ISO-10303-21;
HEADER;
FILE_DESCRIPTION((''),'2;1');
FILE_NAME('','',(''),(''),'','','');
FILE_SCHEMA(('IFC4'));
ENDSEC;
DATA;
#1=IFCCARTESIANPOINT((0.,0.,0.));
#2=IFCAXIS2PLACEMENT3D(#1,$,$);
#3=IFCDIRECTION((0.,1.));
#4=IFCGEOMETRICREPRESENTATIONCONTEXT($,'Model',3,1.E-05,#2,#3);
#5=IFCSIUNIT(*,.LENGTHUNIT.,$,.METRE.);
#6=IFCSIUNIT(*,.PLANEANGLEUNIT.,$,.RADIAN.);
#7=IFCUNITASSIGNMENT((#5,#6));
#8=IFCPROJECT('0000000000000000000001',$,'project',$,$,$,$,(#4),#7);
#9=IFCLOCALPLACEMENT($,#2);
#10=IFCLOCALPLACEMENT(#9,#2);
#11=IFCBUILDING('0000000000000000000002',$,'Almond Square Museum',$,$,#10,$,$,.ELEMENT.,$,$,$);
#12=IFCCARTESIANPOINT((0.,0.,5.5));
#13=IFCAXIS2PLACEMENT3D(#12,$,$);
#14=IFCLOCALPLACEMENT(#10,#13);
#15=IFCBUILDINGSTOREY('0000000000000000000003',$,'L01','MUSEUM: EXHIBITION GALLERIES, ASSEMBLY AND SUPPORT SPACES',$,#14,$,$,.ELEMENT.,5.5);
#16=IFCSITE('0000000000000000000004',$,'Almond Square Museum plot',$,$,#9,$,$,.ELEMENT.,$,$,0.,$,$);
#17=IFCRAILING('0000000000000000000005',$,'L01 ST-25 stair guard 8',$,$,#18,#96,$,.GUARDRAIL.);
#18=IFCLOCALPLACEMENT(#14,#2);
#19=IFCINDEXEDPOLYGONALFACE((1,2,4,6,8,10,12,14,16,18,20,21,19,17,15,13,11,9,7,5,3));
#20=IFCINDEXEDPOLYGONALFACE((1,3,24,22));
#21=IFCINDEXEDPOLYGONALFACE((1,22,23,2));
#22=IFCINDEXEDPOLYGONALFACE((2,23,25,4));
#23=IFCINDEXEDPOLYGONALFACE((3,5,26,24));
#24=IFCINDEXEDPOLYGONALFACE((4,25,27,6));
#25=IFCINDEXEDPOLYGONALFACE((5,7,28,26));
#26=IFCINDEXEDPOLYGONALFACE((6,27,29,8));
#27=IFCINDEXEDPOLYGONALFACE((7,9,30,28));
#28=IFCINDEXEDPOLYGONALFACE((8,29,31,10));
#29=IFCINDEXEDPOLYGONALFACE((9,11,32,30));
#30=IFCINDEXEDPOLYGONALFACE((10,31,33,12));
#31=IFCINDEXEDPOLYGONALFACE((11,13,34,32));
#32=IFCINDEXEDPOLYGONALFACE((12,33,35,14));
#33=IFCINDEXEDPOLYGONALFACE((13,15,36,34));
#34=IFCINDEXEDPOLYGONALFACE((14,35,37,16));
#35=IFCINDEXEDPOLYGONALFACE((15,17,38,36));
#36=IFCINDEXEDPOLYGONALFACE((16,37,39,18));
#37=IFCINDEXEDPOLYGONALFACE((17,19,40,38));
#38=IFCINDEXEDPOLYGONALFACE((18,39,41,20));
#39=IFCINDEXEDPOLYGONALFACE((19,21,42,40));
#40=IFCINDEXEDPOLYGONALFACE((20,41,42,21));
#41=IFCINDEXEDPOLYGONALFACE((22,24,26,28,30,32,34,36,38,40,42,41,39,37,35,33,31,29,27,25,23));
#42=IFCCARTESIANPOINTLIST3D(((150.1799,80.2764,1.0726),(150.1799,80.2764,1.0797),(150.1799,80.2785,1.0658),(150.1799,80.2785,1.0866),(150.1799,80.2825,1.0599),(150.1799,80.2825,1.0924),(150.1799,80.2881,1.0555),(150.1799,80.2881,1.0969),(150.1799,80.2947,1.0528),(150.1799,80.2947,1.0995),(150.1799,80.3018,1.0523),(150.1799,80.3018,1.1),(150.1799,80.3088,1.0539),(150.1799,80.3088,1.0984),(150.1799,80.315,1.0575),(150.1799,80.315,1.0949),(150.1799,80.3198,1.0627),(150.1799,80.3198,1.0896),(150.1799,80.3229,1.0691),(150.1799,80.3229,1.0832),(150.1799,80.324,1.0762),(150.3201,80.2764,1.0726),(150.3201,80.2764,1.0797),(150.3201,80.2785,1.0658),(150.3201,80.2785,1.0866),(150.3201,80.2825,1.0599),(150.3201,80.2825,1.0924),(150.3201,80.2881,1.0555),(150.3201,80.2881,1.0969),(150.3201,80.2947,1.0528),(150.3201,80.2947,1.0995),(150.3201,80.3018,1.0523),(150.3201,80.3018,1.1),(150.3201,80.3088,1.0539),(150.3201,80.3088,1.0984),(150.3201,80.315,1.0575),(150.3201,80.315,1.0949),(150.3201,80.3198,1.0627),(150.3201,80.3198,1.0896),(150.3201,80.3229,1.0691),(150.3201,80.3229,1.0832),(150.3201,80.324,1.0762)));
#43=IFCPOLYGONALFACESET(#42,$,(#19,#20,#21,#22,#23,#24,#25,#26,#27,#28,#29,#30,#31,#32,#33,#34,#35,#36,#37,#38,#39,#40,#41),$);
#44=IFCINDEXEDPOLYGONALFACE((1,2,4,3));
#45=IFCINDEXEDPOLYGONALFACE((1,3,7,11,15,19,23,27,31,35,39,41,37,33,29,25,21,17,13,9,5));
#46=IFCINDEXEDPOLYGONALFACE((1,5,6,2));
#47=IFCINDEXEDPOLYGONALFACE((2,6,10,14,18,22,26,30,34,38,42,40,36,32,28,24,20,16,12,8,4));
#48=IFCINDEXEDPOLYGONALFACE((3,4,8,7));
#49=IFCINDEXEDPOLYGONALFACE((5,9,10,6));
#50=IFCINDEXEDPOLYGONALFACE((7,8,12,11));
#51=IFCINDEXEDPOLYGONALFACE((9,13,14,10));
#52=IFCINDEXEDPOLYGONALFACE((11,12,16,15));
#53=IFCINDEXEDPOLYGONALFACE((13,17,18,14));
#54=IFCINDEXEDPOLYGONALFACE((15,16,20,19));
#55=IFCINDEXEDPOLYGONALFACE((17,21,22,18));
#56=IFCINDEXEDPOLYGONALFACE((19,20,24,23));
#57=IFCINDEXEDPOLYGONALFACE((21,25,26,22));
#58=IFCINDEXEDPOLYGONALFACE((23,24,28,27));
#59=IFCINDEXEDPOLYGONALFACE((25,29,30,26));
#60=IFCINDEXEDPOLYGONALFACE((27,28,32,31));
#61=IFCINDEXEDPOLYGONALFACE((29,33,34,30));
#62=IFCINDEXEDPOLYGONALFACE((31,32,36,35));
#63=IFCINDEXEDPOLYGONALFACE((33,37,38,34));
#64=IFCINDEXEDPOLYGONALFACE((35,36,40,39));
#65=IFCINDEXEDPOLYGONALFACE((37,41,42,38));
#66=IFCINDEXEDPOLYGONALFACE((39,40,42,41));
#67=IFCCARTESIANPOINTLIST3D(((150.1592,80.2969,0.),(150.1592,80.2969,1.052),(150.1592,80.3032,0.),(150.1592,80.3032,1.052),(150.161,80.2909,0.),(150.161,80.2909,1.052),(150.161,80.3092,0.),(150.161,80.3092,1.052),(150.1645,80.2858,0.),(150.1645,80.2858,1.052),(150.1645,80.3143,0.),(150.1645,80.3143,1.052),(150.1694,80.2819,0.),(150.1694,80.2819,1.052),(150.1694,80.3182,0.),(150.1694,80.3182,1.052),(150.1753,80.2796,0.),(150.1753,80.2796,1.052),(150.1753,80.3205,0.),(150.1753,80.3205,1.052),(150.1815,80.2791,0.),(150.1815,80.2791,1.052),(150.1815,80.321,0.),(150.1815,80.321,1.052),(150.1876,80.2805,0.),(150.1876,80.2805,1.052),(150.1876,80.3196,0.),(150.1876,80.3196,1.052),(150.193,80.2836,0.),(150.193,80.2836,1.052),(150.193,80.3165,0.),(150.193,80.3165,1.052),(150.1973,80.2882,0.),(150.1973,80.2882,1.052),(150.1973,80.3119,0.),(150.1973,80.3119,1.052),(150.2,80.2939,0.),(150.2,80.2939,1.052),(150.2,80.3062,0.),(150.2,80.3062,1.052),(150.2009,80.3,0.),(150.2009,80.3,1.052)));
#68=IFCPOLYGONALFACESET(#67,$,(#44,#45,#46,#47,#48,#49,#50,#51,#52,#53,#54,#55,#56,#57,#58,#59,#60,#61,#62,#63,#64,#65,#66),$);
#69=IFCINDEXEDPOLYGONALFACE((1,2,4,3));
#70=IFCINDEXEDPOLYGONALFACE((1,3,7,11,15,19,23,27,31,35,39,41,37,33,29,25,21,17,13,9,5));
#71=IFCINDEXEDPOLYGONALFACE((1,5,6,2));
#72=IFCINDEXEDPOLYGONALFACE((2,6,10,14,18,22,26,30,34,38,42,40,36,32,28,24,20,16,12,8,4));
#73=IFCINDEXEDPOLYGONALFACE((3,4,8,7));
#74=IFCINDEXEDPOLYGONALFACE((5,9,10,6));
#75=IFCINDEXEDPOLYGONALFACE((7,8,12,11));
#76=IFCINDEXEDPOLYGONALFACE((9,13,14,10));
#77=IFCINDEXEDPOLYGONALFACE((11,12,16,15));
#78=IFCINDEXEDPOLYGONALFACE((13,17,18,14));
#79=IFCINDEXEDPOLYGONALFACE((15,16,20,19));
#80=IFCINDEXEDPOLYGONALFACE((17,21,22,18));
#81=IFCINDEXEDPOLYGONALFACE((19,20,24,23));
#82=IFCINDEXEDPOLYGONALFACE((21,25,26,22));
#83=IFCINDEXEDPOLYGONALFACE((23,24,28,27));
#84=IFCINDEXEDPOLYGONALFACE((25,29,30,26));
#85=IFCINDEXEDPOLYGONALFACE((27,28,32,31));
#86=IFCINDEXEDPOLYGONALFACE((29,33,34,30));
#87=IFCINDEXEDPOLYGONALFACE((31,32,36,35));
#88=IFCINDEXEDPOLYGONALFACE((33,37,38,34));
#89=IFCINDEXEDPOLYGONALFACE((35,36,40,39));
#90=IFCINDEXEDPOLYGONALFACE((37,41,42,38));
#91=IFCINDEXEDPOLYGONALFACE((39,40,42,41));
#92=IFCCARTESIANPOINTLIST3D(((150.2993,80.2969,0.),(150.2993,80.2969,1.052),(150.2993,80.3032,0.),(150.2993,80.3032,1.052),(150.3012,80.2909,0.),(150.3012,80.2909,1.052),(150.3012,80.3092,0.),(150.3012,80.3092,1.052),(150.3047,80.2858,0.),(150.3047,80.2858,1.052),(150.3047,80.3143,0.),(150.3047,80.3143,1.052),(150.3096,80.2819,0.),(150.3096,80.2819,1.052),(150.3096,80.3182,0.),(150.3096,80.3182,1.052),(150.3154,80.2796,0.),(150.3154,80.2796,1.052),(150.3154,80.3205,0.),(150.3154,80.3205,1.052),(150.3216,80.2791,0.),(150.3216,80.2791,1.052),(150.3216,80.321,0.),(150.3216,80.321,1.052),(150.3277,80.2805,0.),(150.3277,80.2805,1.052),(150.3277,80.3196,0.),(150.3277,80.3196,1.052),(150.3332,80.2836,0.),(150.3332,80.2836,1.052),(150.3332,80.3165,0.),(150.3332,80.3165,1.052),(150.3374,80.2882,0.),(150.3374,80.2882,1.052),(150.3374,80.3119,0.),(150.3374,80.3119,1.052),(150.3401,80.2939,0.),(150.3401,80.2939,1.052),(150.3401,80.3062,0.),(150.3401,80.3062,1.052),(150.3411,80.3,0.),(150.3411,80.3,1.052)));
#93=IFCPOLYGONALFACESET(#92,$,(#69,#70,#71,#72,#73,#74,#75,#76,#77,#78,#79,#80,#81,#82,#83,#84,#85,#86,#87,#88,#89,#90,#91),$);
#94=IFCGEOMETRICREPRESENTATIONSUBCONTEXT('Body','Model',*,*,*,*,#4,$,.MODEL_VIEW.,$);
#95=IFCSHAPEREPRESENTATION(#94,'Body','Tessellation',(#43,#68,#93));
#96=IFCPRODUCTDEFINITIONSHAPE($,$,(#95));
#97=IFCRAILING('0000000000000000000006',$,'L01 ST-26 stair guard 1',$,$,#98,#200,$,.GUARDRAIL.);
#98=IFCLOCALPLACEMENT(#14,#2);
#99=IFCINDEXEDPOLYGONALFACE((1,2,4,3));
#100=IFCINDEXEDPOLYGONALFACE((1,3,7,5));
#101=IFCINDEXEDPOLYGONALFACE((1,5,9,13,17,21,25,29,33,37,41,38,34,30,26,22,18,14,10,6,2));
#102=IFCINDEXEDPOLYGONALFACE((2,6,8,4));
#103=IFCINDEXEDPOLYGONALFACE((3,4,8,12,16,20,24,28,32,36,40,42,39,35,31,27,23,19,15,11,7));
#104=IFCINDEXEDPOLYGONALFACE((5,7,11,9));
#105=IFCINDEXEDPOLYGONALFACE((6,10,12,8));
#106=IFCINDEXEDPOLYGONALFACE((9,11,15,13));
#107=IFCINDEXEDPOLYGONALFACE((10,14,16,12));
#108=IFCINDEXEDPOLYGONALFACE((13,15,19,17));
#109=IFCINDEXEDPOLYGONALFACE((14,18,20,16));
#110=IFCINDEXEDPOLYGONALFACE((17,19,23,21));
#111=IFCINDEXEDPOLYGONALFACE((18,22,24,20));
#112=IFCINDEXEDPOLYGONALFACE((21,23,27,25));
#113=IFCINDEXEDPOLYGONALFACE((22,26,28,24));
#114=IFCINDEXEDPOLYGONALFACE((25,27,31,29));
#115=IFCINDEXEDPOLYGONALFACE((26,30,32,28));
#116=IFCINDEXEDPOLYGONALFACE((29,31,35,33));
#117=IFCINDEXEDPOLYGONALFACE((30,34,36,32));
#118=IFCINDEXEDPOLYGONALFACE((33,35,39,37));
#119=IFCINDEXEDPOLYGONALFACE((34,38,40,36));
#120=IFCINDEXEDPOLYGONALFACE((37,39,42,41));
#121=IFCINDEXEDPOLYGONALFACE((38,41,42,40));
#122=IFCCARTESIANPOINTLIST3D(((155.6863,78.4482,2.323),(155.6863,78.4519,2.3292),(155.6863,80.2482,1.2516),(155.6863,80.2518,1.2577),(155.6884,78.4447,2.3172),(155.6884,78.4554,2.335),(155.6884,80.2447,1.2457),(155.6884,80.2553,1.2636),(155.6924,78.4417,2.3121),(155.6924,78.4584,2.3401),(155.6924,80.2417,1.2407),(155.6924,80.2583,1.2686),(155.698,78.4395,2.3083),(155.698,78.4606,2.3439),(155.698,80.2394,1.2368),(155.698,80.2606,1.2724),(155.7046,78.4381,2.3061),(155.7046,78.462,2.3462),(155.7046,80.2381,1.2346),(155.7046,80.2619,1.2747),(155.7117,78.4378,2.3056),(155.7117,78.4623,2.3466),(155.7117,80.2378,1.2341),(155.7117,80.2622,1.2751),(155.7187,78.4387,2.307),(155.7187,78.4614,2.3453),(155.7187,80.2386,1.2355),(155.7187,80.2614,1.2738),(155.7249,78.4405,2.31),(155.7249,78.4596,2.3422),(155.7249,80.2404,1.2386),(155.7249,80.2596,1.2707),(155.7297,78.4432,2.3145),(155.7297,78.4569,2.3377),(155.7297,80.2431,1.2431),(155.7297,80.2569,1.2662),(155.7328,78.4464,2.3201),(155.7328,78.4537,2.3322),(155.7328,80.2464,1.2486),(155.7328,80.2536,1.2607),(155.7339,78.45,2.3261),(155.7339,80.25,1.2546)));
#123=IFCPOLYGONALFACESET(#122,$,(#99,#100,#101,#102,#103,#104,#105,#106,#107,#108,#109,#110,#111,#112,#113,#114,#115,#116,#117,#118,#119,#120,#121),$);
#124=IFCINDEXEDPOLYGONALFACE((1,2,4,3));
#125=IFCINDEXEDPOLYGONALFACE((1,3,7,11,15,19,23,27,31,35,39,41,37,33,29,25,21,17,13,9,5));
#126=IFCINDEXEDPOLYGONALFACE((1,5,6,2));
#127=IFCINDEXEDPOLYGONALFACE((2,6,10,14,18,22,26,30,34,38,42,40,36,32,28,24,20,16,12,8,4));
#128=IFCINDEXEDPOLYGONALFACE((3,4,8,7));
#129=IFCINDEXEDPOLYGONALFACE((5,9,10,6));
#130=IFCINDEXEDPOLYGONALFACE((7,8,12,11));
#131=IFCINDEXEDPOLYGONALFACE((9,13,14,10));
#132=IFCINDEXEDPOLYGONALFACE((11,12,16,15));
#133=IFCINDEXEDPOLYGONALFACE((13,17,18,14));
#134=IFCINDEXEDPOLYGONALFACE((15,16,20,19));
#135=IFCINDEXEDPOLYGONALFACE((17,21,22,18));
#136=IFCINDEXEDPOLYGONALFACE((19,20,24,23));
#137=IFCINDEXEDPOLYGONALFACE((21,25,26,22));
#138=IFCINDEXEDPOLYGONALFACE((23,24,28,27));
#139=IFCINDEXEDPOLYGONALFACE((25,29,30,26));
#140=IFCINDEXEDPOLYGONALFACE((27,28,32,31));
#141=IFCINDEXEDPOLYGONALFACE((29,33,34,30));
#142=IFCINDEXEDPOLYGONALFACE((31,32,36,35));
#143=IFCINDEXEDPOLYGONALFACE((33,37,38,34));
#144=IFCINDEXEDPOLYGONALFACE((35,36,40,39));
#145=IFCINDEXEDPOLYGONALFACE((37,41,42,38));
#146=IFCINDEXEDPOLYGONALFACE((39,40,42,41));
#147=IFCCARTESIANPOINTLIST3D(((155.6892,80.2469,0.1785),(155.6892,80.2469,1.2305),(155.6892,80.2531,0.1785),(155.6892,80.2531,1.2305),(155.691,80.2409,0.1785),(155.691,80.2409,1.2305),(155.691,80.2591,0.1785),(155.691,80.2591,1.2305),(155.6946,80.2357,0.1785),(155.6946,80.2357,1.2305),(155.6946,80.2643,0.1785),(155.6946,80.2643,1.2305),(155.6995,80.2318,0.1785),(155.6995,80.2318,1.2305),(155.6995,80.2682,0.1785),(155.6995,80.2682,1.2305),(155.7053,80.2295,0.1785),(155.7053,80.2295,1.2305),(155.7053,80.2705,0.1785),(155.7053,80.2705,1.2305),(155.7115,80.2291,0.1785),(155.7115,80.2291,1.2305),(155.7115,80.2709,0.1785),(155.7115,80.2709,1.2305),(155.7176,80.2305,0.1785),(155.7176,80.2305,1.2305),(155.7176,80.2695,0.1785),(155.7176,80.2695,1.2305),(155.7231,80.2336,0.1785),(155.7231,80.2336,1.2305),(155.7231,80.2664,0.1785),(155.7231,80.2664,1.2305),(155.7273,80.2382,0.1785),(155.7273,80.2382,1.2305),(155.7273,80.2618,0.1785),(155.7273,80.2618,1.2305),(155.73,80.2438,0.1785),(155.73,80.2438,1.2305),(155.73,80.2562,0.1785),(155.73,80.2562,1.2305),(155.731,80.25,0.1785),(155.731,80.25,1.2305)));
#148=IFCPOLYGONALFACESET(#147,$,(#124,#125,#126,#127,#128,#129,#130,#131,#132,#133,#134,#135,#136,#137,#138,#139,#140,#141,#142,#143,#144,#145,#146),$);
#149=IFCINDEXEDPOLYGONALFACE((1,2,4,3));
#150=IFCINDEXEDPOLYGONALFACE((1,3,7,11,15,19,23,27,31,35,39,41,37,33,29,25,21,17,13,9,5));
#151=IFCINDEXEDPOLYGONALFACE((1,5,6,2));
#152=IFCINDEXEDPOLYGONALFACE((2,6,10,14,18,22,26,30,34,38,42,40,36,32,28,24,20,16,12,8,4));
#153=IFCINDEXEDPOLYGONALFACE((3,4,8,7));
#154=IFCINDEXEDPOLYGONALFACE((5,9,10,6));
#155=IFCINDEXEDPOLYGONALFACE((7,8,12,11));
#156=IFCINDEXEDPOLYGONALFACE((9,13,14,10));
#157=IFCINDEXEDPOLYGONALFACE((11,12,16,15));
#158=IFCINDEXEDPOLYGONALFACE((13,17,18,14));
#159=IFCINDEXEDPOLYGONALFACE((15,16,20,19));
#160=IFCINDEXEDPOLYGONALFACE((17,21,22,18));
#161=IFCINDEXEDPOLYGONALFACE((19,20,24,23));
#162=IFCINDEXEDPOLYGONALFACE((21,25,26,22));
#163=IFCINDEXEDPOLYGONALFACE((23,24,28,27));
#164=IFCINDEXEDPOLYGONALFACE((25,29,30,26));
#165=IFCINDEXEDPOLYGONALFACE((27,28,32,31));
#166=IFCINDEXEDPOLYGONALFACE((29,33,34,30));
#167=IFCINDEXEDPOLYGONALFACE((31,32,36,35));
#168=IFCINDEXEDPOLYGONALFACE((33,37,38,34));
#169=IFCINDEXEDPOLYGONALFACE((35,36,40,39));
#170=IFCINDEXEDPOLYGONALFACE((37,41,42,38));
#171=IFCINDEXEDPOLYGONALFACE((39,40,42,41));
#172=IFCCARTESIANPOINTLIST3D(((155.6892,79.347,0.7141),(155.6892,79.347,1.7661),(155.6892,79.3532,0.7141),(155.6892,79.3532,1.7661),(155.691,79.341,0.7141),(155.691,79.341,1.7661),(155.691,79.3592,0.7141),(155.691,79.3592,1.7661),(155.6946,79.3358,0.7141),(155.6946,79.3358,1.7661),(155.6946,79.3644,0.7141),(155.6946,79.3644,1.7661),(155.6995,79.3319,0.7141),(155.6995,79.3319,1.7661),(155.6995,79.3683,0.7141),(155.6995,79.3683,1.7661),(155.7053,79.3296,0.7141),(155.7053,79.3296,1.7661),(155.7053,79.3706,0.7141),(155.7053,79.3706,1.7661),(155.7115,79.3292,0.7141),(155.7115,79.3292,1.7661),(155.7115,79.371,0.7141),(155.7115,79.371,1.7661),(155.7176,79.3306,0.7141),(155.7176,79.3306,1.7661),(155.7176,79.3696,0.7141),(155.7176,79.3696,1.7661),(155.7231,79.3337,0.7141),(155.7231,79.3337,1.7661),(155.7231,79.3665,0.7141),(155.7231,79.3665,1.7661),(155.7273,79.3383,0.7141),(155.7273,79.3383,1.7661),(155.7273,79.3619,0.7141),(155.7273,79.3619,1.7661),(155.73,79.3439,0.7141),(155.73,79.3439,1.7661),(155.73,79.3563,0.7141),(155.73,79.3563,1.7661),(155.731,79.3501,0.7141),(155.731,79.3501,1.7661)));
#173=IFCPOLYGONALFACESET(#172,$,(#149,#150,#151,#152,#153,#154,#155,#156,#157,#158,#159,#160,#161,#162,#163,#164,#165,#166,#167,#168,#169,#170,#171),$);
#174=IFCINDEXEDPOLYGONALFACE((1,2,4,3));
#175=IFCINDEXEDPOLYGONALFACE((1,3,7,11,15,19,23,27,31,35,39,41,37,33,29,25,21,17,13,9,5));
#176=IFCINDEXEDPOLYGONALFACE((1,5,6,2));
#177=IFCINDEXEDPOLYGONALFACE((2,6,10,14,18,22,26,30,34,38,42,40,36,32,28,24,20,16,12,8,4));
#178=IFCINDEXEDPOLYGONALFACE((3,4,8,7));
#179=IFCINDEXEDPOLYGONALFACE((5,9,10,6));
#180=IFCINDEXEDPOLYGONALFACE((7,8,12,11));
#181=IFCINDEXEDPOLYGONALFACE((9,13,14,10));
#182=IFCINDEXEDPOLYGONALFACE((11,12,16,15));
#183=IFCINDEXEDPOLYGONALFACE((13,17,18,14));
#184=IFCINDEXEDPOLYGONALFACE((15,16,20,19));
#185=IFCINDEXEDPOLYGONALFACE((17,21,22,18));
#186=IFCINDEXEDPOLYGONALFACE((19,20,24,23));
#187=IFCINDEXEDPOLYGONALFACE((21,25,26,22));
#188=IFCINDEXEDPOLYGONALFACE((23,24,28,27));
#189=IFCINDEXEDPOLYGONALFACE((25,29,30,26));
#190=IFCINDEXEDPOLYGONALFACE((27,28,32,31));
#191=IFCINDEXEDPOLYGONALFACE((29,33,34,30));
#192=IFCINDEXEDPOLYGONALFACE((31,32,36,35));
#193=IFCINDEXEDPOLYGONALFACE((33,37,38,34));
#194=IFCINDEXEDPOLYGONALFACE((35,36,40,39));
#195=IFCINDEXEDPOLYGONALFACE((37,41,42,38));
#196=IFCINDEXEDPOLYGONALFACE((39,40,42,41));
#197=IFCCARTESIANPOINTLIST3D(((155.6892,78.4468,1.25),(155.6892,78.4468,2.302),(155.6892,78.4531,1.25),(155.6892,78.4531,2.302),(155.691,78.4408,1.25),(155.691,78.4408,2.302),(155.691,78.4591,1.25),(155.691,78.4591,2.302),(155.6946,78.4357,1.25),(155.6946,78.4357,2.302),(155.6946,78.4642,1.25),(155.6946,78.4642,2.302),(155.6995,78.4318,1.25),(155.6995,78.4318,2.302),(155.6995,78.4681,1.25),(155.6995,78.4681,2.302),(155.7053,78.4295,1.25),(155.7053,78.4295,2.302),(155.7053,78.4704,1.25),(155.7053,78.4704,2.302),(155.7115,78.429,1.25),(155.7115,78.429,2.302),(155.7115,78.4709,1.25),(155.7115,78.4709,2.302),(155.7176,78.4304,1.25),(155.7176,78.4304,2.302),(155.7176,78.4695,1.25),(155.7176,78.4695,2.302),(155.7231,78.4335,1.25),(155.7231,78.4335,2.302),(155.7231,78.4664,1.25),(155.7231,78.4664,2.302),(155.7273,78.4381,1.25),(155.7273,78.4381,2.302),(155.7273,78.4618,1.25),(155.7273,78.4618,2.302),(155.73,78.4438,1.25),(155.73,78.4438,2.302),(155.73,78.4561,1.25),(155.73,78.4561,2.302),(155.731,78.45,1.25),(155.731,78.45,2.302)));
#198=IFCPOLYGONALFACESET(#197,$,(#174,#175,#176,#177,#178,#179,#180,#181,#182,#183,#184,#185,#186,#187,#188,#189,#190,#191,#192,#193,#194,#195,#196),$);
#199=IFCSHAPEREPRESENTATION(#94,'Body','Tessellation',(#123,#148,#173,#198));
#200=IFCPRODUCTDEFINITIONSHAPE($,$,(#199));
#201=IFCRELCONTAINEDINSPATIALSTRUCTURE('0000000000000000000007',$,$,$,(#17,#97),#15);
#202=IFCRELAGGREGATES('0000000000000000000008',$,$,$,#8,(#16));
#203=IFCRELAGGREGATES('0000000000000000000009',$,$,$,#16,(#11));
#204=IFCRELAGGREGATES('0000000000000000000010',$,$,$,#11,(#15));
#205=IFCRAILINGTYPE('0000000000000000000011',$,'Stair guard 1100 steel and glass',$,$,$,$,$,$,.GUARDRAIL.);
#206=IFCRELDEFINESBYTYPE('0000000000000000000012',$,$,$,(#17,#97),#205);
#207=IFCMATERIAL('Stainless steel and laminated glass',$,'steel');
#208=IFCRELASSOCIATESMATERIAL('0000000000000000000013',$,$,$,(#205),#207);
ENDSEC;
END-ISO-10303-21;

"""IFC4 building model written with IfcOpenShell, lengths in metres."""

from ifc_helpers import new_model, si_unit, direction, frame, origin, origin_2d, place, context, subcontext, project, spatial, circle, extrude, material, type_object, element, save


model = new_model("IFC4")

# Units and contexts
model_context = context("Model", 3, precision=1e-05, world=origin(), true_north=direction((0.0, 1.0)))
body_context = subcontext(model_context, "Body", "Model", "MODEL_VIEW")
ifc_project = project(units=[si_unit("LENGTHUNIT", "METRE"), si_unit("PLANEANGLEUNIT", "RADIAN")], contexts=[model_context])

# Site, building, storey
site_placement = place(None, origin())
site = spatial("IfcSite", under=ifc_project, at=site_placement, Name="Almond Square Museum plot", CompositionType="ELEMENT", RefElevation=0.0)
building_placement = place(site_placement, origin())
building = spatial("IfcBuilding", under=site, at=building_placement, Name="Almond Square Museum", CompositionType="ELEMENT")
storey_placement = place(building_placement, frame((0.0, 0.0, 5.5)))
storey = spatial("IfcBuildingStorey", under=building, at=storey_placement, Name="L01", Description="MUSEUM: EXHIBITION GALLERIES, ASSEMBLY AND SUPPORT SPACES", CompositionType="ELEMENT", Elevation=5.5)

# Railings
ifc_material_1 = material(Name="Stainless steel and laminated glass", Category="steel")
railing_type = type_object("IfcRailingType", Name="Stair guard 1100 steel and glass", PredefinedType="GUARDRAIL", material=ifc_material_1)
for number, where, name in (
    (1, (150.1799, 80.3, 0.0), "L01 ST-25 stair guard 8"),
):
    element("IfcRailing", number, at=place(storey_placement, frame(where)), inside=storey, type_object=railing_type, Name=name, PredefinedType="GUARDRAIL", context=body_context, shape_type="SweptSolid", body=[
        extrude(circle(Radius=0.0239, at=origin_2d()), frame((0.0, 0.0, 1.0762), z_axis=(1.0, 0.0, 0.0), x_axis=(0.0, 1.0, 0.0)), (0.0, 0.0, 1.0), 0.1401),
        extrude(circle(Radius=0.021, at=origin_2d()), origin(), (0.0, 0.0, 1.0), 1.052),
        extrude(circle(Radius=0.021, at=origin_2d()), frame((0.1401, 0.0, 0.0)), (0.0, 0.0, 1.0), 1.052),
    ])
railing_1_placement = place(storey_placement, frame((155.71, 80.25, 0.1785)))
element("IfcRailing", 2, at=railing_1_placement, inside=storey, type_object=railing_type, Name="L01 ST-26 stair guard 1", PredefinedType="GUARDRAIL", context=body_context, shape_type="SweptSolid", body=[
    extrude(circle(Radius=0.0239, at=origin_2d()), frame((0.0, 0.0, 1.0762), z_axis=(0.0, -0.859277, 0.51151), x_axis=(1.0, 0.0, 0.0)), (0.0, 0.0, 1.0), 2.0947),
    extrude(circle(Radius=0.021, at=origin_2d()), origin(), (0.0, 0.0, 1.0), 1.052),
    extrude(circle(Radius=0.021, at=origin_2d()), frame((0.0, -0.8999, 0.5356)), (0.0, 0.0, 1.0), 1.052),
    extrude(circle(Radius=0.021, at=origin_2d()), frame((0.0, -1.8, 1.0715)), (0.0, 0.0, 1.0), 1.052),
])

save(model, "model.ifc")
